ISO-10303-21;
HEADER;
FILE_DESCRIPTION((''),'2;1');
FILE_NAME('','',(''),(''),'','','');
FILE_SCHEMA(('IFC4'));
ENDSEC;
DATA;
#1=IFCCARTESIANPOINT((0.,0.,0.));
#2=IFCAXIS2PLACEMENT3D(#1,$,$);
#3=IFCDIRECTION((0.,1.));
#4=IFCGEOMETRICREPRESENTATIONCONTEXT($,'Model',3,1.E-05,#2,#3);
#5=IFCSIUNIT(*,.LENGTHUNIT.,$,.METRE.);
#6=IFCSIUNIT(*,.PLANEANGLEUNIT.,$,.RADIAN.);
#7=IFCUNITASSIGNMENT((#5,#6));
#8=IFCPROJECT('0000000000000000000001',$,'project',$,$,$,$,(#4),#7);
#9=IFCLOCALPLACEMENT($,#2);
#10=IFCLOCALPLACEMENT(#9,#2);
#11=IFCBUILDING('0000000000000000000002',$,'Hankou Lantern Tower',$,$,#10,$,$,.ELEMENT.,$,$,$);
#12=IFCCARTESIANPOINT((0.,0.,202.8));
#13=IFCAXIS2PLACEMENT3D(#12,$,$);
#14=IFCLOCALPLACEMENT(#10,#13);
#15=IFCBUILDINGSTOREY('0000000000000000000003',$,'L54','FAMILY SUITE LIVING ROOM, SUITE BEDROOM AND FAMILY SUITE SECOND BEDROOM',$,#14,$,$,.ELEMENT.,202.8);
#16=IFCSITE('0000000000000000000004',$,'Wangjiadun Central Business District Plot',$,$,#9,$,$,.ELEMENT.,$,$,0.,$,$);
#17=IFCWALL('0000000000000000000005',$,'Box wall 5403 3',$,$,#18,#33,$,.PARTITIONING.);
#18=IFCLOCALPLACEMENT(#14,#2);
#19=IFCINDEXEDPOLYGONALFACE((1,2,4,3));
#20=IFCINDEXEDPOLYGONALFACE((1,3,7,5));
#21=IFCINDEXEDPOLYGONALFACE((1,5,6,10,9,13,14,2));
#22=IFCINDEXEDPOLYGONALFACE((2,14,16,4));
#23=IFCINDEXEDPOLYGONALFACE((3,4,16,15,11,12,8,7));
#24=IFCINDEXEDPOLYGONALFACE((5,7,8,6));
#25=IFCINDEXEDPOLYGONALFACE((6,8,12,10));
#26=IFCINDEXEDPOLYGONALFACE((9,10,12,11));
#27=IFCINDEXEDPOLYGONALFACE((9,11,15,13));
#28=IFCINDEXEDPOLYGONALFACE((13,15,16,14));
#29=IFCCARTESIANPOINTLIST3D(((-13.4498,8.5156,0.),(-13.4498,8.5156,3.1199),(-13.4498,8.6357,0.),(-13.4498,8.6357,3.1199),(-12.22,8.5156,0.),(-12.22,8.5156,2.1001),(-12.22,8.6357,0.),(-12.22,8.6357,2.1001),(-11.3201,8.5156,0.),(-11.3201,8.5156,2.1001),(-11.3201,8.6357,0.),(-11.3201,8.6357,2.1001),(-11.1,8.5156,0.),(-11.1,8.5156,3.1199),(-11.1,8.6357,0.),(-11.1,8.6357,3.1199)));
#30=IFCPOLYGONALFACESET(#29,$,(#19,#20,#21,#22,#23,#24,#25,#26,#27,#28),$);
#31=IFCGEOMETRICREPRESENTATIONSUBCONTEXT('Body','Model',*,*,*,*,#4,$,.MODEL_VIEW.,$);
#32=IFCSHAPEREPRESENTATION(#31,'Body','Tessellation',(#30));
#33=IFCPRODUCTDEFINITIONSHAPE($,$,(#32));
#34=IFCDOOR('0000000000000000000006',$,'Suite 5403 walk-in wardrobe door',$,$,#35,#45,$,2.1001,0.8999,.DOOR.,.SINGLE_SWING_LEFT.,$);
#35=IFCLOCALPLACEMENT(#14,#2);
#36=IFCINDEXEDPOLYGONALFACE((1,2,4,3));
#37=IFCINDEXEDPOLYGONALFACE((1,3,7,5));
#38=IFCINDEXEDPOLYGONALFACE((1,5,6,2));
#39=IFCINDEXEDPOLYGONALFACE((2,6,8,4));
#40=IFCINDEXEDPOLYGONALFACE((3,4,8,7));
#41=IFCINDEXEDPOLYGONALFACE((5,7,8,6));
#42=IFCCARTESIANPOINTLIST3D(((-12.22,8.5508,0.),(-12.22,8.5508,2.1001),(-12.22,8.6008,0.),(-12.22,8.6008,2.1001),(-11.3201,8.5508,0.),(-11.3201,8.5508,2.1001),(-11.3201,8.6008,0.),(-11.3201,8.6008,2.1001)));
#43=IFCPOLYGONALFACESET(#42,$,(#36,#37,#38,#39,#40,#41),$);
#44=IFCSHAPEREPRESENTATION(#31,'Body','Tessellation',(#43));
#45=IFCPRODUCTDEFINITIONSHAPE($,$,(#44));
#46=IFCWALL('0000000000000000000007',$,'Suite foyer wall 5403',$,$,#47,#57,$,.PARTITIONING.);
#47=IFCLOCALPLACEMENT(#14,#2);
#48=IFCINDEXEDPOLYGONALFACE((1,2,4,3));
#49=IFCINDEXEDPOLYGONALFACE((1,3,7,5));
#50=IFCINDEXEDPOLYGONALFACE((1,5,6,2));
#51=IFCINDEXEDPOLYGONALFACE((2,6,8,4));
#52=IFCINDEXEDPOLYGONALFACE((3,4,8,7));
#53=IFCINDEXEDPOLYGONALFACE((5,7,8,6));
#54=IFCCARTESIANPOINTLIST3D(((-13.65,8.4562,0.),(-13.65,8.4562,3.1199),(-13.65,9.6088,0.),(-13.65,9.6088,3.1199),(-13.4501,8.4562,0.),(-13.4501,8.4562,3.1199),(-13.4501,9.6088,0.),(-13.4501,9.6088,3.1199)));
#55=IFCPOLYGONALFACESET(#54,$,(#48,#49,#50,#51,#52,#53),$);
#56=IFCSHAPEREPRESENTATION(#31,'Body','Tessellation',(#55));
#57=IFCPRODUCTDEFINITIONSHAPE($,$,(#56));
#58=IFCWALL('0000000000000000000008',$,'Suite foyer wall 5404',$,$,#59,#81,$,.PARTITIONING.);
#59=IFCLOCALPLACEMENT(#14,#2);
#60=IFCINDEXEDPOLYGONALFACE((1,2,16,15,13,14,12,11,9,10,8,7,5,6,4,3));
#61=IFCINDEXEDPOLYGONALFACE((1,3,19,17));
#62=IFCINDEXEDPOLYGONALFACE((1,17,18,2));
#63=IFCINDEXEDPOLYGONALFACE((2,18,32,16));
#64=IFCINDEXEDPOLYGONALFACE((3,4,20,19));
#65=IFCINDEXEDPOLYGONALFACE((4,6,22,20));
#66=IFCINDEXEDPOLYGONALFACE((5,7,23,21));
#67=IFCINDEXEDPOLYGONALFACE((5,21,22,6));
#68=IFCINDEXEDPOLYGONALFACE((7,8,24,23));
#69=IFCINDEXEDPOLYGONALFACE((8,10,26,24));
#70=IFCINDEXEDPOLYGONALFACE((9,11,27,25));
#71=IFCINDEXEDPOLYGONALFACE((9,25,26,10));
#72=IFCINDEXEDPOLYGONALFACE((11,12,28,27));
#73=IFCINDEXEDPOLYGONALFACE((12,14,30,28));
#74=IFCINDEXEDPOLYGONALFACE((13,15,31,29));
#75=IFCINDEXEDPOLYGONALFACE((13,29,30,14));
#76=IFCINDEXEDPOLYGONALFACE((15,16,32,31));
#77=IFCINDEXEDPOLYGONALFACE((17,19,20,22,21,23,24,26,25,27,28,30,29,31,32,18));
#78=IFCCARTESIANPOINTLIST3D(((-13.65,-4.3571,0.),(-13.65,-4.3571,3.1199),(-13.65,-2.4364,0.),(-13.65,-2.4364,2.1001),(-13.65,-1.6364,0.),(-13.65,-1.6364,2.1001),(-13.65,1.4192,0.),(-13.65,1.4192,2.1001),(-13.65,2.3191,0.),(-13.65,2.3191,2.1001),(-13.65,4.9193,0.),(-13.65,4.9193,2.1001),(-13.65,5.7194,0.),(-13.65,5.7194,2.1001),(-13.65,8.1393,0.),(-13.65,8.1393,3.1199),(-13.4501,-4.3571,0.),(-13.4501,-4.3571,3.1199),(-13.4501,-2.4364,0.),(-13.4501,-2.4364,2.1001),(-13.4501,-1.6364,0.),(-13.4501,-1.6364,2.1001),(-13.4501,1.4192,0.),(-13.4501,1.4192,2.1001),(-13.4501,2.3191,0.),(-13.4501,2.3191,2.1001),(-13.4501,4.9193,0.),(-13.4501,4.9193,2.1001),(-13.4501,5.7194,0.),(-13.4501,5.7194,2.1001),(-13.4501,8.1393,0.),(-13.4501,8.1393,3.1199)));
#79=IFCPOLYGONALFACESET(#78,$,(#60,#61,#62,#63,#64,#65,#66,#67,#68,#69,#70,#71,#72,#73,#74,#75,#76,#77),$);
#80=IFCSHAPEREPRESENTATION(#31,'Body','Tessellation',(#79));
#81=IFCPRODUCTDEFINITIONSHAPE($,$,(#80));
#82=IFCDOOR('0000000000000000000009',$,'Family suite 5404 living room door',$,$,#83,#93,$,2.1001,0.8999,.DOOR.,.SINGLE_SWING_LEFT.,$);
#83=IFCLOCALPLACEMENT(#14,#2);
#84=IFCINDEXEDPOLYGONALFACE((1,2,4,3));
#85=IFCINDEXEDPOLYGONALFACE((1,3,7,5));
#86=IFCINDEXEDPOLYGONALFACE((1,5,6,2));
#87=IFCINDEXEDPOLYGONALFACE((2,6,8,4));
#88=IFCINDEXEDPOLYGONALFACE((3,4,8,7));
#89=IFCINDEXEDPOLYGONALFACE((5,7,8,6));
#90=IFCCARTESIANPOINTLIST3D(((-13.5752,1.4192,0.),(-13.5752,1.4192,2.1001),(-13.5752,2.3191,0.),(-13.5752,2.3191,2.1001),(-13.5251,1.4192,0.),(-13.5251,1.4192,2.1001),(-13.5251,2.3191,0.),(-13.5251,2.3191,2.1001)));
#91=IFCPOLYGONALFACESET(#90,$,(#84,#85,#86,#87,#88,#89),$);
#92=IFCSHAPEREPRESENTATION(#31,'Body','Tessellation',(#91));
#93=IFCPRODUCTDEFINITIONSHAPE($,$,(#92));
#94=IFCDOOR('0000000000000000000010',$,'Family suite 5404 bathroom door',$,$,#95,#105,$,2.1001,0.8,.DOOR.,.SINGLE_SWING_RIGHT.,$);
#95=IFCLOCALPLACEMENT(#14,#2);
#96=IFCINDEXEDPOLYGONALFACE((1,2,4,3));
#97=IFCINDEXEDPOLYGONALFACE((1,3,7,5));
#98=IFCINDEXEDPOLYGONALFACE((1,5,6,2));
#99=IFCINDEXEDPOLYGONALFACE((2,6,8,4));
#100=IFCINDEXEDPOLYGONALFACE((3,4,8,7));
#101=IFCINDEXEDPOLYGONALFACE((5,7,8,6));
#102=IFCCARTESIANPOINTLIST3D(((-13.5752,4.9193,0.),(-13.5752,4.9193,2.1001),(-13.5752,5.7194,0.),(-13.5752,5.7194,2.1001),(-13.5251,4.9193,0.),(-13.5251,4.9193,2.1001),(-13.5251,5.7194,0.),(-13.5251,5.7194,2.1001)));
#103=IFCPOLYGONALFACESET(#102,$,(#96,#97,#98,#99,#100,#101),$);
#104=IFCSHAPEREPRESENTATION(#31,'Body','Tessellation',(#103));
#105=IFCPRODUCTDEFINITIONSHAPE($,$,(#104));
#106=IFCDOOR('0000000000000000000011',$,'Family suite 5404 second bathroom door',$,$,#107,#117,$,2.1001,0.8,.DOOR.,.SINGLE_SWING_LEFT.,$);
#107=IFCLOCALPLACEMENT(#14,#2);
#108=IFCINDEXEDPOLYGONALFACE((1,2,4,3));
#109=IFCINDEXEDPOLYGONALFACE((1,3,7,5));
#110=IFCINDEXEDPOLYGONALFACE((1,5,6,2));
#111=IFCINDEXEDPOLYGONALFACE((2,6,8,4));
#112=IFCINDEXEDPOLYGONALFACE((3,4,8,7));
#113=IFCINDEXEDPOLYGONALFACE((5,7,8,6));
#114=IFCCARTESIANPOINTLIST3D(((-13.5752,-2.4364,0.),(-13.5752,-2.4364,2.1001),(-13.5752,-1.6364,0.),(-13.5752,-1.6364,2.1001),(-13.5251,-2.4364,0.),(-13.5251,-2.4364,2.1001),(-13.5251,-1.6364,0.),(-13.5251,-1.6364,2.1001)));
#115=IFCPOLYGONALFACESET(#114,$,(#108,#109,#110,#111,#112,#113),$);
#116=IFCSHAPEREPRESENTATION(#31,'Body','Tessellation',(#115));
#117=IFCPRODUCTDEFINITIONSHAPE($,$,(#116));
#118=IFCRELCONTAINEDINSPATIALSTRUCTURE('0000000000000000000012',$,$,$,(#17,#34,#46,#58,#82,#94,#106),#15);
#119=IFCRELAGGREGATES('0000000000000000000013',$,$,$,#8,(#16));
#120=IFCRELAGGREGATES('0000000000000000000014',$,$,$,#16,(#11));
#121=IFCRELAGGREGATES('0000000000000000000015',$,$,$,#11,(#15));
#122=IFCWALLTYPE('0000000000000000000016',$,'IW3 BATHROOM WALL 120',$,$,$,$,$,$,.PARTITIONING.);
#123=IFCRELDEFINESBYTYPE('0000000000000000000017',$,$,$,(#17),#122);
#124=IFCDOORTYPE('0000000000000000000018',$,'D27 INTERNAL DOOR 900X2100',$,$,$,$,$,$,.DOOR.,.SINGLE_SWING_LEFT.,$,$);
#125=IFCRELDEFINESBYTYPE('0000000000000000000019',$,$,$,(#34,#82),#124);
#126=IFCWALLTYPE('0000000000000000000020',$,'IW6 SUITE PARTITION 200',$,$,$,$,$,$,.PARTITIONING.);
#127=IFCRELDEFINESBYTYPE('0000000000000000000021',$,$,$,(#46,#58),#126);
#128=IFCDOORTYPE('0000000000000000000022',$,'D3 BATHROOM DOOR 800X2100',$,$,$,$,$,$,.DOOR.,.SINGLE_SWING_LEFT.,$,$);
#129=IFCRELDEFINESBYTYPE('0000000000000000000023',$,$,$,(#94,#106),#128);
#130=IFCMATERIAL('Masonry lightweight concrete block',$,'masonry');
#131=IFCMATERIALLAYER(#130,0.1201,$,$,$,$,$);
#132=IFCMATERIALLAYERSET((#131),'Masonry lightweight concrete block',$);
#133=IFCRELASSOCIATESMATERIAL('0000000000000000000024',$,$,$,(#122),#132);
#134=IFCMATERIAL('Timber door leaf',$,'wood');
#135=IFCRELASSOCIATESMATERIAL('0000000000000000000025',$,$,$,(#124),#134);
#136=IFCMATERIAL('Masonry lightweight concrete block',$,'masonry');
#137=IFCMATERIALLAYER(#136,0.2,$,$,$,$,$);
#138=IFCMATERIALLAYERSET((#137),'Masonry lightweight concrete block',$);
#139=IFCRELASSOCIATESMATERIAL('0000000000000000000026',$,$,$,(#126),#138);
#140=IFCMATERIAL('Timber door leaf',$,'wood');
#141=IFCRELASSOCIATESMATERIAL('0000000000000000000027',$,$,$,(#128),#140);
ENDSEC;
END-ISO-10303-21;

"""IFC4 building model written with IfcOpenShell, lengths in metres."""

from ifc_helpers import new_model, si_unit, direction, frame, frame_2d, origin, place, context, subcontext, project, spatial, rectangle, extrude, material, layer, layer_set, type_object, element, fill, save


model = new_model("IFC4")

# Units and contexts
model_context = context("Model", 3, precision=1e-05, world=origin(), true_north=direction((0.0, 1.0)))
body_context = subcontext(model_context, "Body", "Model", "MODEL_VIEW")
ifc_project = project(units=[si_unit("LENGTHUNIT", "METRE"), si_unit("PLANEANGLEUNIT", "RADIAN")], contexts=[model_context])

# Site, building, storey
site_placement = place(None, origin())
site = spatial("IfcSite", under=ifc_project, at=site_placement, Name="Wangjiadun Central Business District Plot", CompositionType="ELEMENT", RefElevation=0.0)
building_placement = place(site_placement, origin())
building = spatial("IfcBuilding", under=site, at=building_placement, Name="Hankou Lantern Tower", CompositionType="ELEMENT")
storey_placement = place(building_placement, frame((0.0, 0.0, 202.8)))
storey = spatial("IfcBuildingStorey", under=building, at=storey_placement, Name="L54", Description="FAMILY SUITE LIVING ROOM, SUITE BEDROOM AND FAMILY SUITE SECOND BEDROOM", CompositionType="ELEMENT", Elevation=202.8)

# Wall, opening, door
ifc_material_1 = material(Name="Masonry lightweight concrete block", Category="masonry")
ifc_layer_1 = layer(ifc_material_1, 0.1201)
ifc_layer_set_1 = layer_set([ifc_layer_1], Name="Masonry lightweight concrete block")
wall_type_1 = type_object("IfcWallType", Name="IW3 BATHROOM WALL 120", PredefinedType="PARTITIONING", material=ifc_layer_set_1)
wall_1_placement = place(storey_placement, frame((-11.1001, 8.5757, 0.0), z_axis=(0.0, 0.0, 1.0), x_axis=(-1.0, 0.0, 0.0)))
wall_1 = element("IfcWall", 1, at=wall_1_placement, inside=storey, type_object=wall_type_1, Name="Box wall 5403 3", PredefinedType="PARTITIONING", context=body_context, shape_type="SweptSolid", body=[
    extrude(rectangle(XDim=2.3499, YDim=0.1201, at=frame_2d((1.1748, 0.0))), origin(), (0.0, 0.0, 1.0), 3.1199),
])
opening_1_placement = place(wall_1_placement, frame((0.22, 0.0, 0.0)))
opening_1 = element("IfcOpeningElement", 2, at=opening_1_placement, cuts=wall_1, PredefinedType="OPENING", context=body_context, shape_type="SweptSolid", body=[
    extrude(rectangle(XDim=0.8999, YDim=2.1001, at=frame_2d((0.45, 1.05))), frame((0.0, 0.0701, 0.0), z_axis=(0.0, -1.0, 0.0), x_axis=(1.0, 0.0, 0.0)), (0.0, 0.0, 1.0), 0.1401),
])
ifc_material_2 = material(Name="Timber door leaf", Category="wood")
door_type_1 = type_object("IfcDoorType", Name="D27 INTERNAL DOOR 900X2100", OperationType="SINGLE_SWING_LEFT", PredefinedType="DOOR", material=ifc_material_2)
door_1_placement = place(opening_1_placement, origin())
door_1 = element("IfcDoor", 3, at=door_1_placement, inside=storey, type_object=door_type_1, Name="Suite 5403 walk-in wardrobe door", OperationType="SINGLE_SWING_LEFT", OverallHeight=2.1001, OverallWidth=0.8999, PredefinedType="DOOR", context=body_context, shape_type="SweptSolid", body=[
    extrude(rectangle(XDim=0.8999, YDim=2.1001, at=frame_2d((0.45, 1.05))), frame((0.0, 0.0249, 0.0), z_axis=(0.0, -1.0, 0.0), x_axis=(1.0, 0.0, 0.0)), (0.0, 0.0, 1.0), 0.05),
])
fill(opening_1, door_1)

# Wall
ifc_material_3 = material(Name="Masonry lightweight concrete block", Category="masonry")
ifc_layer_2 = layer(ifc_material_3, 0.2)
ifc_layer_set_2 = layer_set([ifc_layer_2], Name="Masonry lightweight concrete block")
wall_type_2 = type_object("IfcWallType", Name="IW6 SUITE PARTITION 200", PredefinedType="PARTITIONING", material=ifc_layer_set_2)
wall_2_placement = place(storey_placement, frame((-13.55, 9.6086, 0.0), z_axis=(0.0, 0.0, 1.0), x_axis=(0.0, -1.0, 0.0)))
element("IfcWall", 4, at=wall_2_placement, inside=storey, type_object=wall_type_2, Name="Suite foyer wall 5403", PredefinedType="PARTITIONING", context=body_context, shape_type="SweptSolid", body=[
    extrude(rectangle(XDim=1.1526, YDim=0.2, at=frame_2d((0.5762, 0.0))), origin(), (0.0, 0.0, 1.0), 3.1199),
])

# Wall, openings, doors
wall_3_placement = place(storey_placement, frame((-13.55, 8.1392, 0.0), z_axis=(0.0, 0.0, 1.0), x_axis=(0.0, -1.0, 0.0)))
wall_3 = element("IfcWall", 5, at=wall_3_placement, inside=storey, type_object=wall_type_2, Name="Suite foyer wall 5404", PredefinedType="PARTITIONING", context=body_context, shape_type="SweptSolid", body=[
    extrude(rectangle(XDim=12.4963, YDim=0.2, at=frame_2d((6.248, 0.0))), origin(), (0.0, 0.0, 1.0), 3.1199),
])
opening_2_placement = place(wall_3_placement, frame((2.4199, 0.0, 0.0)))
opening_2 = element("IfcOpeningElement", 6, at=opening_2_placement, cuts=wall_3, PredefinedType="OPENING", context=body_context, shape_type="SweptSolid", body=[
    extrude(rectangle(XDim=0.8, YDim=2.1001, at=frame_2d((0.3999, 1.05))), frame((0.0, 0.1099, 0.0), z_axis=(0.0, -1.0, 0.0), x_axis=(1.0, 0.0, 0.0)), (0.0, 0.0, 1.0), 0.22),
])
opening_3_placement = place(wall_3_placement, frame((9.7756, 0.0, 0.0)))
opening_3 = element("IfcOpeningElement", 7, at=opening_3_placement, cuts=wall_3, PredefinedType="OPENING", context=body_context, shape_type="SweptSolid", body=[
    extrude(rectangle(XDim=0.8, YDim=2.1001, at=frame_2d((0.3999, 1.05))), frame((0.0, 0.1099, 0.0), z_axis=(0.0, -1.0, 0.0), x_axis=(1.0, 0.0, 0.0)), (0.0, 0.0, 1.0), 0.22),
])
opening_4_placement = place(wall_3_placement, frame((5.8201, 0.0, 0.0)))
opening_4 = element("IfcOpeningElement", 8, at=opening_4_placement, cuts=wall_3, PredefinedType="OPENING", context=body_context, shape_type="SweptSolid", body=[
    extrude(rectangle(XDim=0.8999, YDim=2.1001, at=frame_2d((0.45, 1.05))), frame((0.0, 0.1099, 0.0), z_axis=(0.0, -1.0, 0.0), x_axis=(1.0, 0.0, 0.0)), (0.0, 0.0, 1.0), 0.22),
])
door_2_placement = place(opening_4_placement, origin())
door_2 = element("IfcDoor", 9, at=door_2_placement, inside=storey, type_object=door_type_1, Name="Family suite 5404 living room door", OperationType="SINGLE_SWING_LEFT", OverallHeight=2.1001, OverallWidth=0.8999, PredefinedType="DOOR", context=body_context, shape_type="SweptSolid", body=[
    extrude(rectangle(XDim=0.8999, YDim=2.1001, at=frame_2d((0.45, 1.05))), frame((0.0, 0.0249, 0.0), z_axis=(0.0, -1.0, 0.0), x_axis=(1.0, 0.0, 0.0)), (0.0, 0.0, 1.0), 0.05),
])
fill(opening_4, door_2)
ifc_material_4 = material(Name="Timber door leaf", Category="wood")
door_type_2 = type_object("IfcDoorType", Name="D3 BATHROOM DOOR 800X2100", OperationType="SINGLE_SWING_LEFT", PredefinedType="DOOR", material=ifc_material_4)
door_3_placement = place(opening_2_placement, origin())
door_3 = element("IfcDoor", 10, at=door_3_placement, inside=storey, type_object=door_type_2, Name="Family suite 5404 bathroom door", OperationType="SINGLE_SWING_RIGHT", OverallHeight=2.1001, OverallWidth=0.8, PredefinedType="DOOR", context=body_context, shape_type="SweptSolid", body=[
    extrude(rectangle(XDim=0.8, YDim=2.1001, at=frame_2d((0.3999, 1.05))), frame((0.0, 0.0249, 0.0), z_axis=(0.0, -1.0, 0.0), x_axis=(1.0, 0.0, 0.0)), (0.0, 0.0, 1.0), 0.05),
])
fill(opening_2, door_3)
door_4_placement = place(opening_3_placement, origin())
door_4 = element("IfcDoor", 11, at=door_4_placement, inside=storey, type_object=door_type_2, Name="Family suite 5404 second bathroom door", OperationType="SINGLE_SWING_LEFT", OverallHeight=2.1001, OverallWidth=0.8, PredefinedType="DOOR", context=body_context, shape_type="SweptSolid", body=[
    extrude(rectangle(XDim=0.8, YDim=2.1001, at=frame_2d((0.3999, 1.05))), frame((0.0, 0.0249, 0.0), z_axis=(0.0, -1.0, 0.0), x_axis=(1.0, 0.0, 0.0)), (0.0, 0.0, 1.0), 0.05),
])
fill(opening_3, door_4)

save(model, "model.ifc")
